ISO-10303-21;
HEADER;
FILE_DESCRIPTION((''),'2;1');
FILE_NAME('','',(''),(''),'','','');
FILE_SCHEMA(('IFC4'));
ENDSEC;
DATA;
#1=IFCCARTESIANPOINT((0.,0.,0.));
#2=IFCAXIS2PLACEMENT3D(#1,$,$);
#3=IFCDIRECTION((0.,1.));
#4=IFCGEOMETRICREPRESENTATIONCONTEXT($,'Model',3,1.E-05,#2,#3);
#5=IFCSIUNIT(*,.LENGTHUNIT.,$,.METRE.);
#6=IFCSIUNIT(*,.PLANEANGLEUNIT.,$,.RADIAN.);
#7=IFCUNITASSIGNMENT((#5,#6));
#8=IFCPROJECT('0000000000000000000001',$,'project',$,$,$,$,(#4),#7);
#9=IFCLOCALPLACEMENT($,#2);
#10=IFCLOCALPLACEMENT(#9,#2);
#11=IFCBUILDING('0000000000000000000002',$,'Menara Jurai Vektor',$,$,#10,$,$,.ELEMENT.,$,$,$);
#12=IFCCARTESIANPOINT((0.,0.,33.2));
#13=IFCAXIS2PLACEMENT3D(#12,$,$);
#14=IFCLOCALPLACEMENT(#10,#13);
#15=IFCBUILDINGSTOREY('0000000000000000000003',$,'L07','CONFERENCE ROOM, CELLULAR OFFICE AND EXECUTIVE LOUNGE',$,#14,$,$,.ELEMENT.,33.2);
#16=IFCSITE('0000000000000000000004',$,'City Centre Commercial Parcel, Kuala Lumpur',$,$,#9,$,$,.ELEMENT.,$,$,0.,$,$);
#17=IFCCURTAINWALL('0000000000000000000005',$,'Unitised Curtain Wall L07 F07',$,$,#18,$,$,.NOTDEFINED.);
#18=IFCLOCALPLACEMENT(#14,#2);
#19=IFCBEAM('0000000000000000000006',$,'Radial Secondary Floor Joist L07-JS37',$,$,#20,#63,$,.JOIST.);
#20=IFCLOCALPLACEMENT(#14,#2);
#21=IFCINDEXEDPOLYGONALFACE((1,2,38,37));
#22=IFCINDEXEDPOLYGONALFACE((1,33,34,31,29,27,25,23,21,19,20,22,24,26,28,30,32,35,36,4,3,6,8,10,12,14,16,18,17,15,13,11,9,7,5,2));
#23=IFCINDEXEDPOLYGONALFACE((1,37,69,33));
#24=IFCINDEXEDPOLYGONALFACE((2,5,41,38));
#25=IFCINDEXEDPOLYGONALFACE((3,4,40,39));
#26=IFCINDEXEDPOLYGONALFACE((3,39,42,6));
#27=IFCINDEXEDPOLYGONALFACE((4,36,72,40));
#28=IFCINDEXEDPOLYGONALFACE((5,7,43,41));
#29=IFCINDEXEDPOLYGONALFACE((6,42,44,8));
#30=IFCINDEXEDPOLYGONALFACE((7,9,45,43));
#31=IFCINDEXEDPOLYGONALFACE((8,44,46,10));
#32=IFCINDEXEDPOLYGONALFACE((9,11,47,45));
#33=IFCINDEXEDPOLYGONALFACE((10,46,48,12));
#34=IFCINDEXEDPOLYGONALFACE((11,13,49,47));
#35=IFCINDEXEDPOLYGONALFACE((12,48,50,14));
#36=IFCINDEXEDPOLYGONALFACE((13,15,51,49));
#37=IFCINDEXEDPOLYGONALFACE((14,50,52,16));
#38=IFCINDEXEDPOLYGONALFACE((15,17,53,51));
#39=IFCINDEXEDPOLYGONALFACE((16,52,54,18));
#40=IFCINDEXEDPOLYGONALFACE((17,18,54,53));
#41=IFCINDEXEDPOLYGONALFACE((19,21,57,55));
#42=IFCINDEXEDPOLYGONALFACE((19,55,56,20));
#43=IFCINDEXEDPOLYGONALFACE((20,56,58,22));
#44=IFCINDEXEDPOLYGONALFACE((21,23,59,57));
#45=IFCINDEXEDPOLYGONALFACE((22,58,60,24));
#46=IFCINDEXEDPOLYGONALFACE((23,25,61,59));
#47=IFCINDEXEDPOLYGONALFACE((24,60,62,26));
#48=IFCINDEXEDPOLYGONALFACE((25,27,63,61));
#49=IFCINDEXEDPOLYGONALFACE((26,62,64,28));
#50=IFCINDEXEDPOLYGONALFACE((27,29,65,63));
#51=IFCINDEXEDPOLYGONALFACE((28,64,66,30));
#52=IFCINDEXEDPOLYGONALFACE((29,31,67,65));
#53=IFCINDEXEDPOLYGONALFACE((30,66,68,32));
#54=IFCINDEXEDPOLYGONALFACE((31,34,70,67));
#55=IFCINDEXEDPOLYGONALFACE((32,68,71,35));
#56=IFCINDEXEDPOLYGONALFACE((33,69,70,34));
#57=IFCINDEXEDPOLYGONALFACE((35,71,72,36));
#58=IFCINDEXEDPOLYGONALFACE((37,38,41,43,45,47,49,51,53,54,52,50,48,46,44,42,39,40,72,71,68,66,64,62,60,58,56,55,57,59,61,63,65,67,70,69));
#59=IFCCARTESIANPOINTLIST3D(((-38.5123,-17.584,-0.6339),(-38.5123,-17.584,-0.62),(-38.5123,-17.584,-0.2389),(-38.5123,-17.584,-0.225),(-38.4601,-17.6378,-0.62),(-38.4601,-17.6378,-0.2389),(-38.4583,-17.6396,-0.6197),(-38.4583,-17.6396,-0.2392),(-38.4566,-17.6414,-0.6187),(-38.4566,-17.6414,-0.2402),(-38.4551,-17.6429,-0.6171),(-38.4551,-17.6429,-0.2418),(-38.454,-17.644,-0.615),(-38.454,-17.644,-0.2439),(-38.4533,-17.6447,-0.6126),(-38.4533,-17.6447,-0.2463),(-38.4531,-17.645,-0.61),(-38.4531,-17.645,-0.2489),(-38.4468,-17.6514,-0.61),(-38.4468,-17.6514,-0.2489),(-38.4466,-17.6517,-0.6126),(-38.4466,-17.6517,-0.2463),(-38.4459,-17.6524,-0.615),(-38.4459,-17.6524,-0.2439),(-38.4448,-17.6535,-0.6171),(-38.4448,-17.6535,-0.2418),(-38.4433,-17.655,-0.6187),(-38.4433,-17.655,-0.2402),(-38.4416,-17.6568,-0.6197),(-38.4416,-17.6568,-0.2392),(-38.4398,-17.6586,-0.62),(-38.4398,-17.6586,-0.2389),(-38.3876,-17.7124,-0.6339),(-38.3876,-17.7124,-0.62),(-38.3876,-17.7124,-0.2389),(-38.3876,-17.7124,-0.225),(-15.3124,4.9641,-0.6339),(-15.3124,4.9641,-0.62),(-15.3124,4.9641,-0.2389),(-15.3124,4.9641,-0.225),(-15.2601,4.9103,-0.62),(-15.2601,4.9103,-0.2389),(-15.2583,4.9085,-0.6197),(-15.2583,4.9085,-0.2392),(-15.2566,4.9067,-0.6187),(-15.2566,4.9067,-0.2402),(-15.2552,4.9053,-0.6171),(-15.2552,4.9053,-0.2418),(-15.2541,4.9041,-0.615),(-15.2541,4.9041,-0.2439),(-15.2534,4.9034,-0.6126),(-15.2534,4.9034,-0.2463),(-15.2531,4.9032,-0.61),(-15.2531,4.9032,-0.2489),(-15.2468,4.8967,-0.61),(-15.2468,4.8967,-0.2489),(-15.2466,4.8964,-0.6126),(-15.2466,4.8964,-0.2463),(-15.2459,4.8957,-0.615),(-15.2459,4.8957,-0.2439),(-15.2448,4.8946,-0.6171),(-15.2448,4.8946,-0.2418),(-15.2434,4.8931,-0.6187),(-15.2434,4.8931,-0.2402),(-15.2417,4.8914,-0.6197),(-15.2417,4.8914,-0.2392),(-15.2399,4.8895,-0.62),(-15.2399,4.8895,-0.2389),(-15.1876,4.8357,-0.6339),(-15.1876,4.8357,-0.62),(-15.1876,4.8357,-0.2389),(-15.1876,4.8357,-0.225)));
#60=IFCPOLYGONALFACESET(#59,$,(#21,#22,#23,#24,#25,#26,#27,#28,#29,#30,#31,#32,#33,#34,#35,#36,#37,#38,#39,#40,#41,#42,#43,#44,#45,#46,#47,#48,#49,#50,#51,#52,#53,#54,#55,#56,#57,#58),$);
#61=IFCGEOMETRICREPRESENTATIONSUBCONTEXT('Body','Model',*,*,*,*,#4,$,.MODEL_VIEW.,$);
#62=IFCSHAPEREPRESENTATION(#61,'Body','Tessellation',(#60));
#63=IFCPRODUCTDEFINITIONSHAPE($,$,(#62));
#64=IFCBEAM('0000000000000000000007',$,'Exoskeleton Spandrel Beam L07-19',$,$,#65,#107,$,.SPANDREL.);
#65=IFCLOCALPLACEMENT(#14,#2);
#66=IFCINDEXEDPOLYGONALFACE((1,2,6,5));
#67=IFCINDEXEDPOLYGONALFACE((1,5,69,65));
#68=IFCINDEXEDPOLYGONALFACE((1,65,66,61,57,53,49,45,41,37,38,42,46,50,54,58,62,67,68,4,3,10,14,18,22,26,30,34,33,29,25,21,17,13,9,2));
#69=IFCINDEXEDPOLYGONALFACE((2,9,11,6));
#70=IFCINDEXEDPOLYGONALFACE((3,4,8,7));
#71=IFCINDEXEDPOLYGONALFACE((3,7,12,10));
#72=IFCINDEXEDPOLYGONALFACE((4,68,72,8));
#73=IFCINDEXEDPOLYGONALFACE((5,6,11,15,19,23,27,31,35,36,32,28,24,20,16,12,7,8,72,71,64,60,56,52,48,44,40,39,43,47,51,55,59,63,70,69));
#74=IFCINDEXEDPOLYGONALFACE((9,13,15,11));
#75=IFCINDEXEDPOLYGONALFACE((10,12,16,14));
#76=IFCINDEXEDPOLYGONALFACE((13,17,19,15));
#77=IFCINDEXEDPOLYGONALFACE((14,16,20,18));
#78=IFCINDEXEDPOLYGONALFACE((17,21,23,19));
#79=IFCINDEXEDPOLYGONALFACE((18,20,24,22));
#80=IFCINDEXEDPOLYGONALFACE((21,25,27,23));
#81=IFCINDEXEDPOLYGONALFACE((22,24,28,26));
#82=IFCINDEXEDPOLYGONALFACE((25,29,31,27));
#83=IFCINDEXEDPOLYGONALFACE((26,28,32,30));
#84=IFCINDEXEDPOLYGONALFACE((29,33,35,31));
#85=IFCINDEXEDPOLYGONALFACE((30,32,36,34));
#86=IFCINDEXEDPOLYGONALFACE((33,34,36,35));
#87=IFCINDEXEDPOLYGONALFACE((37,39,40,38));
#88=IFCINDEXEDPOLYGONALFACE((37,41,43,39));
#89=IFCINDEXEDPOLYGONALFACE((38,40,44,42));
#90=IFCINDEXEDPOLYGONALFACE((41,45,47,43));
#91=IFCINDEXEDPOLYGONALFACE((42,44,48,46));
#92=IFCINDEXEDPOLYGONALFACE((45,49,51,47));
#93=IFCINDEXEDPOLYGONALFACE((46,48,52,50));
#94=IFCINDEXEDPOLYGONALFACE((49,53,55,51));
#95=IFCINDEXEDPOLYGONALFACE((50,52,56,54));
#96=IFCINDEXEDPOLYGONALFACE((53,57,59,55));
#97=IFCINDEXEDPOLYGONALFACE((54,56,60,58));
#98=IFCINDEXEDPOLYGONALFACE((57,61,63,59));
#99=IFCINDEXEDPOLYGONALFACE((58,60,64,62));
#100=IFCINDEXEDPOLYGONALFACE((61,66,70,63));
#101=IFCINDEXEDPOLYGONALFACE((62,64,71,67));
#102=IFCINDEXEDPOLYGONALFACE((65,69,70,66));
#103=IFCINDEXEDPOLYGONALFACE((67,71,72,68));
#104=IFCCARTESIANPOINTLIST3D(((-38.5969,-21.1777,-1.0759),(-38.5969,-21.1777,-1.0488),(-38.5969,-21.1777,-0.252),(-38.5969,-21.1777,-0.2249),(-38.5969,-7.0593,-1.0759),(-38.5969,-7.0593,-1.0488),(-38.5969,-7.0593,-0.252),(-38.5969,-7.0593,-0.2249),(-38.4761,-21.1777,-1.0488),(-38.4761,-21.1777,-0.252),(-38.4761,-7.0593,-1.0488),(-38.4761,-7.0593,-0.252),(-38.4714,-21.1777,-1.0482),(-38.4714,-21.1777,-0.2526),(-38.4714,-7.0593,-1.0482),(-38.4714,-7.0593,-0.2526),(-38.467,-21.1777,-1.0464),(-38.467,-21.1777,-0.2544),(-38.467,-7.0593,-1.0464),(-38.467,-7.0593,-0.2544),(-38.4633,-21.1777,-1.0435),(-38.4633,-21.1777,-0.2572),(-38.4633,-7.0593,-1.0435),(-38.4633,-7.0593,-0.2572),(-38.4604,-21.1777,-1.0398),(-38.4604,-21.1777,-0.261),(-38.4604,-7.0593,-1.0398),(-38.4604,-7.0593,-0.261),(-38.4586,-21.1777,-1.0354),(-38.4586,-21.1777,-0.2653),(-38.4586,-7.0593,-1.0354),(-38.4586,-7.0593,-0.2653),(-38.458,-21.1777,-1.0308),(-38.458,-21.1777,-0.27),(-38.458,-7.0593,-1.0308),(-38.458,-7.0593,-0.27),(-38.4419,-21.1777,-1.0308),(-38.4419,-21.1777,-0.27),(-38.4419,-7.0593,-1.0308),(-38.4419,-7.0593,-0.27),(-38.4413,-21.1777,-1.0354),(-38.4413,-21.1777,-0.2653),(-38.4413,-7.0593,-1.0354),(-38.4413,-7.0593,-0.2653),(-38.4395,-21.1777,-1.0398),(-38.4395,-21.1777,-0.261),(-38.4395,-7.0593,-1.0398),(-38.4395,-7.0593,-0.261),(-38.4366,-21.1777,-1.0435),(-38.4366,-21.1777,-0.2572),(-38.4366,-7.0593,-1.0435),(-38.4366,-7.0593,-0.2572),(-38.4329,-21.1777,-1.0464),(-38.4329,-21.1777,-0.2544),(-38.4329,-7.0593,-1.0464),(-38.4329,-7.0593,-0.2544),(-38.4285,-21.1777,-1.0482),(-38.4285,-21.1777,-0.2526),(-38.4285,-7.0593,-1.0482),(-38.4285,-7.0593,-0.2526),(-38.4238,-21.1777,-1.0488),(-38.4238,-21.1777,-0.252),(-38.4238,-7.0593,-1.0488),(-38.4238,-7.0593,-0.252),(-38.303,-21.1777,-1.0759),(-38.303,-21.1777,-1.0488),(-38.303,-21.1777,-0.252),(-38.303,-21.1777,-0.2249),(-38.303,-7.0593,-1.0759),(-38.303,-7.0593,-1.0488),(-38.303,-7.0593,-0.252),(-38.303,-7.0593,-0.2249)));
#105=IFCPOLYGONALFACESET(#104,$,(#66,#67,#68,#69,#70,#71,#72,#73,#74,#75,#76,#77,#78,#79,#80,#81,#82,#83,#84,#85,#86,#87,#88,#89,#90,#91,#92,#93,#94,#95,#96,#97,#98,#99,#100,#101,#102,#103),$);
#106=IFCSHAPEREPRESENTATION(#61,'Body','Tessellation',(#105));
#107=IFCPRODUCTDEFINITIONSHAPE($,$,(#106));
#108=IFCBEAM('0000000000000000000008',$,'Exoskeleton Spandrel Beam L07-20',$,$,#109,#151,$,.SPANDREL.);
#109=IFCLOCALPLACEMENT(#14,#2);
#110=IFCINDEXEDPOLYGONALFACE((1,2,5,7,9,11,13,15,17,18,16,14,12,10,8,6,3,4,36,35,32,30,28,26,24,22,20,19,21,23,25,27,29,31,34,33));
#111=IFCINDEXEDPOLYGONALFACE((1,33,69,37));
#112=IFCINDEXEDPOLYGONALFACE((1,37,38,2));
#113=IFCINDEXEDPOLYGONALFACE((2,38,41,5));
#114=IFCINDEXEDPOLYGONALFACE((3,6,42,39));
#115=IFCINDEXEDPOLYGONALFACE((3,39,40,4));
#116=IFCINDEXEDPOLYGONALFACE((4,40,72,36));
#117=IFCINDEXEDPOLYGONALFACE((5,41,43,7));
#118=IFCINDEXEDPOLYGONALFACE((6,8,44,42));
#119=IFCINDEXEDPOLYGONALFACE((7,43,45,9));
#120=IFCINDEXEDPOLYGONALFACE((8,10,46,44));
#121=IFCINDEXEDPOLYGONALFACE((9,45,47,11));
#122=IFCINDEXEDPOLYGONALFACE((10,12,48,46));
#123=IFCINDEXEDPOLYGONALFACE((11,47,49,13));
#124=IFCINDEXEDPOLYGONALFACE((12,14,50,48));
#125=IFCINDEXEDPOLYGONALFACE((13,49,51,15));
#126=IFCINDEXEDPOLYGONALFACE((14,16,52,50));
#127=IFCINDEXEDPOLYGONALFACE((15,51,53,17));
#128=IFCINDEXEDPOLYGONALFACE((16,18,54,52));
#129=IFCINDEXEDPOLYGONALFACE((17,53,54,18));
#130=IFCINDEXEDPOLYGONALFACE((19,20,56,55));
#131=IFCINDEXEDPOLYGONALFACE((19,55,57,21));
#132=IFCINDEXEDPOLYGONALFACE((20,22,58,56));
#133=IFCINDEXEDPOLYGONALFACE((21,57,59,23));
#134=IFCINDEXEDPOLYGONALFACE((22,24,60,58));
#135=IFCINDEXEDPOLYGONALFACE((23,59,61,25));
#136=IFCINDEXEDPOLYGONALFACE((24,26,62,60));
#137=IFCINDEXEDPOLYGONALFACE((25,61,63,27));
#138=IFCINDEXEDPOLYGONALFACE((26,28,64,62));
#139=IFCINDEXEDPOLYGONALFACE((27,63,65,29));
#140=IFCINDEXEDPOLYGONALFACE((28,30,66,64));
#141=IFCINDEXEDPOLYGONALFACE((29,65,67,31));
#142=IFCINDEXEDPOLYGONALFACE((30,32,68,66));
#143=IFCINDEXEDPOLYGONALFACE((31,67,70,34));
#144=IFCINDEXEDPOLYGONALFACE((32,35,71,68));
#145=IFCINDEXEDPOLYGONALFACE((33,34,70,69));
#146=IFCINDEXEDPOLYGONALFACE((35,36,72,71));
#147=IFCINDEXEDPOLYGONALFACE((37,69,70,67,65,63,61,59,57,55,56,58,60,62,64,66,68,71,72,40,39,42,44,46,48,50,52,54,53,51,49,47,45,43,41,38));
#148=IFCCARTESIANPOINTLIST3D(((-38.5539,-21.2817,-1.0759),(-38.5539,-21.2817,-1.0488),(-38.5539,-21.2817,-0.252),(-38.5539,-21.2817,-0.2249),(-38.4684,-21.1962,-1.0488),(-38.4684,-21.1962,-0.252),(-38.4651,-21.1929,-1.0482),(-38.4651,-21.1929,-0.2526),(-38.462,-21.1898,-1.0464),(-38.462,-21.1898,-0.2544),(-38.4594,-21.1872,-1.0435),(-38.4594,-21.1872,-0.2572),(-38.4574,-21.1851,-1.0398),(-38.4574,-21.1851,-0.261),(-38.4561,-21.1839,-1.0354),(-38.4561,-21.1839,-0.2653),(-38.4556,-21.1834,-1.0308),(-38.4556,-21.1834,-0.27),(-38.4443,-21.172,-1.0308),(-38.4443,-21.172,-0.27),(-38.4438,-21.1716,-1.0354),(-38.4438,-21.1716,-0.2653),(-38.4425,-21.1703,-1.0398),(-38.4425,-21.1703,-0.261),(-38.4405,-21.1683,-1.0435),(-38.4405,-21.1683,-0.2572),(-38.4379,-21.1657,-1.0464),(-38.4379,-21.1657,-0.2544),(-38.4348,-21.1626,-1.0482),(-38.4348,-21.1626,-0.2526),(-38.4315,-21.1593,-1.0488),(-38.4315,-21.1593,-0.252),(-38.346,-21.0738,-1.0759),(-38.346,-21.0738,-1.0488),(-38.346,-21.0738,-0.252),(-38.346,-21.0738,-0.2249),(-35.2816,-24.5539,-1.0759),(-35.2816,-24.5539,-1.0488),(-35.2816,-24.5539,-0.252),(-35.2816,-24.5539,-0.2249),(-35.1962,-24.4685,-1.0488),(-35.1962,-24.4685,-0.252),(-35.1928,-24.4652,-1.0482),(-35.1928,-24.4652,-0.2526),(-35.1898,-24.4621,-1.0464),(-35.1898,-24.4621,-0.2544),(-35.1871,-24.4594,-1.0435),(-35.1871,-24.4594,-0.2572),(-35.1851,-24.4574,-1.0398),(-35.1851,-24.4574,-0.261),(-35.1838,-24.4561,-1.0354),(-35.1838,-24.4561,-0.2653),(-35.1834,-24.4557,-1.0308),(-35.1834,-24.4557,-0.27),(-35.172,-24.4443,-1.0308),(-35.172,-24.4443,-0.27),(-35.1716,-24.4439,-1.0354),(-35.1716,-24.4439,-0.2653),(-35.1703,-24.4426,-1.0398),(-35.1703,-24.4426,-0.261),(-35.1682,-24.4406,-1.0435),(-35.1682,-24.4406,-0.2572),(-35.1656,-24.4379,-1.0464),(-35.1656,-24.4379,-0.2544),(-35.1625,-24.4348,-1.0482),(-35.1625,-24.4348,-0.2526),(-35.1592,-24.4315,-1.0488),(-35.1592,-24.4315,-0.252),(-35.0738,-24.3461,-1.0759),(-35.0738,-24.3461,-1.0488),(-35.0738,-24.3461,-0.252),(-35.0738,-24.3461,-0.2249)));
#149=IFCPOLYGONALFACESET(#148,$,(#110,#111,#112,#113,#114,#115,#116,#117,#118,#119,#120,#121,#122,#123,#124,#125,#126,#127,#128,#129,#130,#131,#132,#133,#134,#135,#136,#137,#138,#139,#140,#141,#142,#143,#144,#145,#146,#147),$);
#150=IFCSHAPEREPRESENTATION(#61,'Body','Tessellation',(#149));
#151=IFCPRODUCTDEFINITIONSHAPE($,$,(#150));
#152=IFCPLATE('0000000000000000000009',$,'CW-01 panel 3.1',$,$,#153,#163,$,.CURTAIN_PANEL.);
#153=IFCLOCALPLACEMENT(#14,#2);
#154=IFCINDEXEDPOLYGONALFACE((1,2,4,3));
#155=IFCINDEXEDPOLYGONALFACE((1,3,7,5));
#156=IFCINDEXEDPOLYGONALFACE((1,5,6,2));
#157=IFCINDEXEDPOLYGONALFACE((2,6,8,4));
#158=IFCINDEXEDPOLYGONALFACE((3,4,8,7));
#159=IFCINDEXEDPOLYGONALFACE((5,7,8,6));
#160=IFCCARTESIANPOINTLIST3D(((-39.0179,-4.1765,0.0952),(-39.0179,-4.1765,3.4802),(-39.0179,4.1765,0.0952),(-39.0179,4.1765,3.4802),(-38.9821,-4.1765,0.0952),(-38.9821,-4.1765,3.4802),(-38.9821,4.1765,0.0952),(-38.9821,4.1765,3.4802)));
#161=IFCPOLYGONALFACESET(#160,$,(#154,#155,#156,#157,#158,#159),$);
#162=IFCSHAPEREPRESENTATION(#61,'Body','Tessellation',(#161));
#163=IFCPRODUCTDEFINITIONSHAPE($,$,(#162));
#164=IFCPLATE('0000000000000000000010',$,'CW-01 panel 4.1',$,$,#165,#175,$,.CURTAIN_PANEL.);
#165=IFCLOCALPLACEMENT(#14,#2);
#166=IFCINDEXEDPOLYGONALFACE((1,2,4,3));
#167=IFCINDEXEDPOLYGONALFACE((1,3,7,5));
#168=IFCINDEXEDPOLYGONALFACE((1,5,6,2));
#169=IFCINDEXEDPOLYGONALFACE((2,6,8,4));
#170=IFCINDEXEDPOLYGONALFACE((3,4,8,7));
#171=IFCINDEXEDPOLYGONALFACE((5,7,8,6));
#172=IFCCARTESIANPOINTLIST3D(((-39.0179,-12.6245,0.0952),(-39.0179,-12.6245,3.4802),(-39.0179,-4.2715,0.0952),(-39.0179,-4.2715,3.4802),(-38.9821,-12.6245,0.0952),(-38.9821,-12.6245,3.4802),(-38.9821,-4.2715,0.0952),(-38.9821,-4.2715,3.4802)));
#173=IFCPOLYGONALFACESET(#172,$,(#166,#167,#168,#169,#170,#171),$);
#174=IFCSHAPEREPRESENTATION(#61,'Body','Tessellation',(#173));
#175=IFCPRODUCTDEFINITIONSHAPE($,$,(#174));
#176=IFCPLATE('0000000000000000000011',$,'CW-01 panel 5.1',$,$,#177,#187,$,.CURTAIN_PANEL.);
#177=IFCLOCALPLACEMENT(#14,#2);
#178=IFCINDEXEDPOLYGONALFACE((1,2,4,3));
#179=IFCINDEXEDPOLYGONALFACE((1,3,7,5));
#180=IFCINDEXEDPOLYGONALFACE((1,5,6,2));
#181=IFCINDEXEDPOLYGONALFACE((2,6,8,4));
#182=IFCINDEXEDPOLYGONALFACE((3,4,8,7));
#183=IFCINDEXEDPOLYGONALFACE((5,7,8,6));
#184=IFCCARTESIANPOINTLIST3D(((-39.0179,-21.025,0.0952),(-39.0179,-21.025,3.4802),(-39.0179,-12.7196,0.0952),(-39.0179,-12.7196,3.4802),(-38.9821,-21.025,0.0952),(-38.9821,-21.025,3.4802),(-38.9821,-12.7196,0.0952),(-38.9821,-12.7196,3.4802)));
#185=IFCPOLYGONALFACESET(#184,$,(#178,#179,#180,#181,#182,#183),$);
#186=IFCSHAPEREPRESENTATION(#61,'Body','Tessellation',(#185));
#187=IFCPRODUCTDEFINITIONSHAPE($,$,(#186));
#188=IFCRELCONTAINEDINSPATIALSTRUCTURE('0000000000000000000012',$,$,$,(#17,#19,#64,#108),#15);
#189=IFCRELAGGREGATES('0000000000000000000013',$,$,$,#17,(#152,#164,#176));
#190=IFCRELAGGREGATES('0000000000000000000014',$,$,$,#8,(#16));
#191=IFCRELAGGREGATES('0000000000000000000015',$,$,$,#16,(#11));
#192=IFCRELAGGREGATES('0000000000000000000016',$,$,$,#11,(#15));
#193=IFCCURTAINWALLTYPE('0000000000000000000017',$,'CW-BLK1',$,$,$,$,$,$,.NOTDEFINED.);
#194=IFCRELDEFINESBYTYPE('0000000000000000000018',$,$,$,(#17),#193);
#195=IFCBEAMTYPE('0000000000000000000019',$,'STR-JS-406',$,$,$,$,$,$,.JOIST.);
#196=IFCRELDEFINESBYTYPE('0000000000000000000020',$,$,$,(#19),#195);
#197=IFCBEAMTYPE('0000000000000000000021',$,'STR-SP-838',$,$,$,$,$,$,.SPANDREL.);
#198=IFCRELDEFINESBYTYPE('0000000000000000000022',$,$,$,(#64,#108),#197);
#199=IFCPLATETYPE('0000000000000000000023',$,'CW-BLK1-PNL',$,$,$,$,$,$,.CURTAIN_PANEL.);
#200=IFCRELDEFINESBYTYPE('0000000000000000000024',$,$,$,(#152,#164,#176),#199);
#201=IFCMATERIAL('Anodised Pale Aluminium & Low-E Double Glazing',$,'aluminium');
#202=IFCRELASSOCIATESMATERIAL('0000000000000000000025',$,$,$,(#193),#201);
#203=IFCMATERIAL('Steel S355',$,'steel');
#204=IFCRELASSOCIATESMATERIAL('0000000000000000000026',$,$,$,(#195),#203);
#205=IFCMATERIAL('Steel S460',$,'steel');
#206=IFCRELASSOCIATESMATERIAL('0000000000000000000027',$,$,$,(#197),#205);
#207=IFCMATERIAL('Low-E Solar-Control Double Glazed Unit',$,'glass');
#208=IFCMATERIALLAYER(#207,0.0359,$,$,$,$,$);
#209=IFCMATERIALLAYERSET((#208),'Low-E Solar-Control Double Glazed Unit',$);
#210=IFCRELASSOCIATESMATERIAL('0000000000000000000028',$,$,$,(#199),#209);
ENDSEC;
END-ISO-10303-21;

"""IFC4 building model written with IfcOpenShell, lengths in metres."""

from ifc_helpers import new_model, si_unit, direction, frame, origin, origin_2d, place, context, subcontext, project, spatial, rectangle, i_section, extrude, material, layer, layer_set, material_profile, profile_set, type_object, element, aggregate, save


model = new_model("IFC4")

# Units and contexts
model_context = context("Model", 3, precision=1e-05, world=origin(), true_north=direction((0.0, 1.0)))
body_context = subcontext(model_context, "Body", "Model", "MODEL_VIEW")
ifc_project = project(units=[si_unit("LENGTHUNIT", "METRE"), si_unit("PLANEANGLEUNIT", "RADIAN")], contexts=[model_context])

# Site, building, storey
site_placement = place(None, origin())
site = spatial("IfcSite", under=ifc_project, at=site_placement, Name="City Centre Commercial Parcel, Kuala Lumpur", CompositionType="ELEMENT", RefElevation=0.0)
building_placement = place(site_placement, origin())
building = spatial("IfcBuilding", under=site, at=building_placement, Name="Menara Jurai Vektor", CompositionType="ELEMENT")
storey_placement = place(building_placement, frame((0.0, 0.0, 33.2)))
storey = spatial("IfcBuildingStorey", under=building, at=storey_placement, Name="L07", Description="CONFERENCE ROOM, CELLULAR OFFICE AND EXECUTIVE LOUNGE", CompositionType="ELEMENT", Elevation=33.2)

# Shared definitions
ifc_material_1 = material(Name="Steel S460", Category="steel")

# Curtain wall
ifc_material_2 = material(Name="Anodised Pale Aluminium & Low-E Double Glazing", Category="aluminium")
curtain_wall_type = type_object("IfcCurtainWallType", Name="CW-BLK1", PredefinedType="NOTDEFINED", material=ifc_material_2)
curtain_wall_1_placement = place(storey_placement, origin())
curtain_wall_1 = element("IfcCurtainWall", 1, at=curtain_wall_1_placement, inside=storey, type_object=curtain_wall_type, Name="Unitised Curtain Wall L07 F07", PredefinedType="NOTDEFINED")

# Beams
ifc_material_3 = material(Name="Steel S355", Category="steel")
ifc_material_profile_1 = material_profile(ifc_material_3, i_section(OverallWidth=0.179, OverallDepth=0.4089, WebThickness=0.009, FlangeThickness=0.0139, FilletRadius=0.01, at=origin_2d()), Name="UKB 406x178x67")
ifc_profile_set_1 = profile_set([ifc_material_profile_1], Name="Steel S355")
beam_type_1 = type_object("IfcBeamType", Name="STR-JS-406", PredefinedType="JOIST", material=ifc_profile_set_1)
beam_1_placement = place(storey_placement, frame((-38.45, -17.6482, -0.4294), z_axis=(0.717109, 0.696961, 0.0), x_axis=(-0.696961, 0.717109, 0.0)))
element("IfcBeam", 2, at=beam_1_placement, inside=storey, type_object=beam_type_1, Name="Radial Secondary Floor Joist L07-JS37", PredefinedType="JOIST", context=body_context, shape_type="SweptSolid", body=[
    extrude(i_section(OverallWidth=0.179, OverallDepth=0.4089, WebThickness=0.009, FlangeThickness=0.0139, FilletRadius=0.01, at=origin_2d()), origin(), (0.0, 0.0, 1.0), 32.3521),
])
ifc_material_profile_2 = material_profile(ifc_material_1, i_section(OverallWidth=0.2939, OverallDepth=0.8511, WebThickness=0.0161, FlangeThickness=0.0271, FilletRadius=0.0181, at=origin_2d()), Name="UKB 838x292x226")
ifc_profile_set_2 = profile_set([ifc_material_profile_2], Name="Steel S460")
beam_type_2 = type_object("IfcBeamType", Name="STR-SP-838", PredefinedType="SPANDREL", material=ifc_profile_set_2)
beam_2_placement = place(storey_placement, frame((-38.45, -7.0593, -0.6504), z_axis=(0.0, -1.0, 0.0), x_axis=(1.0, 0.0, 0.0)))
element("IfcBeam", 3, at=beam_2_placement, inside=storey, type_object=beam_type_2, Name="Exoskeleton Spandrel Beam L07-19", PredefinedType="SPANDREL", context=body_context, shape_type="SweptSolid", body=[
    extrude(i_section(OverallWidth=0.2939, OverallDepth=0.8511, WebThickness=0.0161, FlangeThickness=0.0271, FilletRadius=0.0181, at=origin_2d()), origin(), (0.0, 0.0, 1.0), 14.1184),
])
beam_3_placement = place(storey_placement, frame((-38.45, -21.1777, -0.6504), z_axis=(0.707107, -0.707107, 0.0), x_axis=(0.707107, 0.707107, 0.0)))
element("IfcBeam", 4, at=beam_3_placement, inside=storey, type_object=beam_type_2, Name="Exoskeleton Spandrel Beam L07-20", PredefinedType="SPANDREL", context=body_context, shape_type="SweptSolid", body=[
    extrude(i_section(OverallWidth=0.2939, OverallDepth=0.8511, WebThickness=0.0161, FlangeThickness=0.0271, FilletRadius=0.0181, at=origin_2d()), origin(), (0.0, 0.0, 1.0), 4.6277),
])

# Plates
ifc_material_4 = material(Name="Low-E Solar-Control Double Glazed Unit", Category="glass")
ifc_layer_1 = layer(ifc_material_4, 0.0359)
ifc_layer_set_1 = layer_set([ifc_layer_1], Name="Low-E Solar-Control Double Glazed Unit")
plate_type_1 = type_object("IfcPlateType", Name="CW-BLK1-PNL", PredefinedType="CURTAIN_PANEL", material=ifc_layer_set_1)
plate_1_placement = place(storey_placement, frame((-39.0, 0.0, 0.0952), z_axis=(0.0, 0.0, 1.0), x_axis=(0.0, -1.0, 0.0)))
plate_1 = element("IfcPlate", 5, at=plate_1_placement, type_object=plate_type_1, Name="CW-01 panel 3.1", PredefinedType="CURTAIN_PANEL", context=body_context, shape_type="SweptSolid", body=[
    extrude(rectangle(XDim=8.353, YDim=0.0359, at=origin_2d()), origin(), (0.0, 0.0, 1.0), 3.385),
])
plate_2_placement = place(storey_placement, frame((-39.0, -8.448, 0.0952), z_axis=(0.0, 0.0, 1.0), x_axis=(0.0, -1.0, 0.0)))
plate_2 = element("IfcPlate", 6, at=plate_2_placement, type_object=plate_type_1, Name="CW-01 panel 4.1", PredefinedType="CURTAIN_PANEL", context=body_context, shape_type="SweptSolid", body=[
    extrude(rectangle(XDim=8.353, YDim=0.0359, at=origin_2d()), origin(), (0.0, 0.0, 1.0), 3.385),
])
plate_3_placement = place(storey_placement, frame((-39.0, -16.8723, 0.0952), z_axis=(0.0, 0.0, 1.0), x_axis=(0.0, -1.0, 0.0)))
plate_3 = element("IfcPlate", 7, at=plate_3_placement, type_object=plate_type_1, Name="CW-01 panel 5.1", PredefinedType="CURTAIN_PANEL", context=body_context, shape_type="SweptSolid", body=[
    extrude(rectangle(XDim=8.3054, YDim=0.0359, at=origin_2d()), origin(), (0.0, 0.0, 1.0), 3.385),
])
aggregate(curtain_wall_1, [plate_1, plate_2, plate_3])

save(model, "model.ifc")
